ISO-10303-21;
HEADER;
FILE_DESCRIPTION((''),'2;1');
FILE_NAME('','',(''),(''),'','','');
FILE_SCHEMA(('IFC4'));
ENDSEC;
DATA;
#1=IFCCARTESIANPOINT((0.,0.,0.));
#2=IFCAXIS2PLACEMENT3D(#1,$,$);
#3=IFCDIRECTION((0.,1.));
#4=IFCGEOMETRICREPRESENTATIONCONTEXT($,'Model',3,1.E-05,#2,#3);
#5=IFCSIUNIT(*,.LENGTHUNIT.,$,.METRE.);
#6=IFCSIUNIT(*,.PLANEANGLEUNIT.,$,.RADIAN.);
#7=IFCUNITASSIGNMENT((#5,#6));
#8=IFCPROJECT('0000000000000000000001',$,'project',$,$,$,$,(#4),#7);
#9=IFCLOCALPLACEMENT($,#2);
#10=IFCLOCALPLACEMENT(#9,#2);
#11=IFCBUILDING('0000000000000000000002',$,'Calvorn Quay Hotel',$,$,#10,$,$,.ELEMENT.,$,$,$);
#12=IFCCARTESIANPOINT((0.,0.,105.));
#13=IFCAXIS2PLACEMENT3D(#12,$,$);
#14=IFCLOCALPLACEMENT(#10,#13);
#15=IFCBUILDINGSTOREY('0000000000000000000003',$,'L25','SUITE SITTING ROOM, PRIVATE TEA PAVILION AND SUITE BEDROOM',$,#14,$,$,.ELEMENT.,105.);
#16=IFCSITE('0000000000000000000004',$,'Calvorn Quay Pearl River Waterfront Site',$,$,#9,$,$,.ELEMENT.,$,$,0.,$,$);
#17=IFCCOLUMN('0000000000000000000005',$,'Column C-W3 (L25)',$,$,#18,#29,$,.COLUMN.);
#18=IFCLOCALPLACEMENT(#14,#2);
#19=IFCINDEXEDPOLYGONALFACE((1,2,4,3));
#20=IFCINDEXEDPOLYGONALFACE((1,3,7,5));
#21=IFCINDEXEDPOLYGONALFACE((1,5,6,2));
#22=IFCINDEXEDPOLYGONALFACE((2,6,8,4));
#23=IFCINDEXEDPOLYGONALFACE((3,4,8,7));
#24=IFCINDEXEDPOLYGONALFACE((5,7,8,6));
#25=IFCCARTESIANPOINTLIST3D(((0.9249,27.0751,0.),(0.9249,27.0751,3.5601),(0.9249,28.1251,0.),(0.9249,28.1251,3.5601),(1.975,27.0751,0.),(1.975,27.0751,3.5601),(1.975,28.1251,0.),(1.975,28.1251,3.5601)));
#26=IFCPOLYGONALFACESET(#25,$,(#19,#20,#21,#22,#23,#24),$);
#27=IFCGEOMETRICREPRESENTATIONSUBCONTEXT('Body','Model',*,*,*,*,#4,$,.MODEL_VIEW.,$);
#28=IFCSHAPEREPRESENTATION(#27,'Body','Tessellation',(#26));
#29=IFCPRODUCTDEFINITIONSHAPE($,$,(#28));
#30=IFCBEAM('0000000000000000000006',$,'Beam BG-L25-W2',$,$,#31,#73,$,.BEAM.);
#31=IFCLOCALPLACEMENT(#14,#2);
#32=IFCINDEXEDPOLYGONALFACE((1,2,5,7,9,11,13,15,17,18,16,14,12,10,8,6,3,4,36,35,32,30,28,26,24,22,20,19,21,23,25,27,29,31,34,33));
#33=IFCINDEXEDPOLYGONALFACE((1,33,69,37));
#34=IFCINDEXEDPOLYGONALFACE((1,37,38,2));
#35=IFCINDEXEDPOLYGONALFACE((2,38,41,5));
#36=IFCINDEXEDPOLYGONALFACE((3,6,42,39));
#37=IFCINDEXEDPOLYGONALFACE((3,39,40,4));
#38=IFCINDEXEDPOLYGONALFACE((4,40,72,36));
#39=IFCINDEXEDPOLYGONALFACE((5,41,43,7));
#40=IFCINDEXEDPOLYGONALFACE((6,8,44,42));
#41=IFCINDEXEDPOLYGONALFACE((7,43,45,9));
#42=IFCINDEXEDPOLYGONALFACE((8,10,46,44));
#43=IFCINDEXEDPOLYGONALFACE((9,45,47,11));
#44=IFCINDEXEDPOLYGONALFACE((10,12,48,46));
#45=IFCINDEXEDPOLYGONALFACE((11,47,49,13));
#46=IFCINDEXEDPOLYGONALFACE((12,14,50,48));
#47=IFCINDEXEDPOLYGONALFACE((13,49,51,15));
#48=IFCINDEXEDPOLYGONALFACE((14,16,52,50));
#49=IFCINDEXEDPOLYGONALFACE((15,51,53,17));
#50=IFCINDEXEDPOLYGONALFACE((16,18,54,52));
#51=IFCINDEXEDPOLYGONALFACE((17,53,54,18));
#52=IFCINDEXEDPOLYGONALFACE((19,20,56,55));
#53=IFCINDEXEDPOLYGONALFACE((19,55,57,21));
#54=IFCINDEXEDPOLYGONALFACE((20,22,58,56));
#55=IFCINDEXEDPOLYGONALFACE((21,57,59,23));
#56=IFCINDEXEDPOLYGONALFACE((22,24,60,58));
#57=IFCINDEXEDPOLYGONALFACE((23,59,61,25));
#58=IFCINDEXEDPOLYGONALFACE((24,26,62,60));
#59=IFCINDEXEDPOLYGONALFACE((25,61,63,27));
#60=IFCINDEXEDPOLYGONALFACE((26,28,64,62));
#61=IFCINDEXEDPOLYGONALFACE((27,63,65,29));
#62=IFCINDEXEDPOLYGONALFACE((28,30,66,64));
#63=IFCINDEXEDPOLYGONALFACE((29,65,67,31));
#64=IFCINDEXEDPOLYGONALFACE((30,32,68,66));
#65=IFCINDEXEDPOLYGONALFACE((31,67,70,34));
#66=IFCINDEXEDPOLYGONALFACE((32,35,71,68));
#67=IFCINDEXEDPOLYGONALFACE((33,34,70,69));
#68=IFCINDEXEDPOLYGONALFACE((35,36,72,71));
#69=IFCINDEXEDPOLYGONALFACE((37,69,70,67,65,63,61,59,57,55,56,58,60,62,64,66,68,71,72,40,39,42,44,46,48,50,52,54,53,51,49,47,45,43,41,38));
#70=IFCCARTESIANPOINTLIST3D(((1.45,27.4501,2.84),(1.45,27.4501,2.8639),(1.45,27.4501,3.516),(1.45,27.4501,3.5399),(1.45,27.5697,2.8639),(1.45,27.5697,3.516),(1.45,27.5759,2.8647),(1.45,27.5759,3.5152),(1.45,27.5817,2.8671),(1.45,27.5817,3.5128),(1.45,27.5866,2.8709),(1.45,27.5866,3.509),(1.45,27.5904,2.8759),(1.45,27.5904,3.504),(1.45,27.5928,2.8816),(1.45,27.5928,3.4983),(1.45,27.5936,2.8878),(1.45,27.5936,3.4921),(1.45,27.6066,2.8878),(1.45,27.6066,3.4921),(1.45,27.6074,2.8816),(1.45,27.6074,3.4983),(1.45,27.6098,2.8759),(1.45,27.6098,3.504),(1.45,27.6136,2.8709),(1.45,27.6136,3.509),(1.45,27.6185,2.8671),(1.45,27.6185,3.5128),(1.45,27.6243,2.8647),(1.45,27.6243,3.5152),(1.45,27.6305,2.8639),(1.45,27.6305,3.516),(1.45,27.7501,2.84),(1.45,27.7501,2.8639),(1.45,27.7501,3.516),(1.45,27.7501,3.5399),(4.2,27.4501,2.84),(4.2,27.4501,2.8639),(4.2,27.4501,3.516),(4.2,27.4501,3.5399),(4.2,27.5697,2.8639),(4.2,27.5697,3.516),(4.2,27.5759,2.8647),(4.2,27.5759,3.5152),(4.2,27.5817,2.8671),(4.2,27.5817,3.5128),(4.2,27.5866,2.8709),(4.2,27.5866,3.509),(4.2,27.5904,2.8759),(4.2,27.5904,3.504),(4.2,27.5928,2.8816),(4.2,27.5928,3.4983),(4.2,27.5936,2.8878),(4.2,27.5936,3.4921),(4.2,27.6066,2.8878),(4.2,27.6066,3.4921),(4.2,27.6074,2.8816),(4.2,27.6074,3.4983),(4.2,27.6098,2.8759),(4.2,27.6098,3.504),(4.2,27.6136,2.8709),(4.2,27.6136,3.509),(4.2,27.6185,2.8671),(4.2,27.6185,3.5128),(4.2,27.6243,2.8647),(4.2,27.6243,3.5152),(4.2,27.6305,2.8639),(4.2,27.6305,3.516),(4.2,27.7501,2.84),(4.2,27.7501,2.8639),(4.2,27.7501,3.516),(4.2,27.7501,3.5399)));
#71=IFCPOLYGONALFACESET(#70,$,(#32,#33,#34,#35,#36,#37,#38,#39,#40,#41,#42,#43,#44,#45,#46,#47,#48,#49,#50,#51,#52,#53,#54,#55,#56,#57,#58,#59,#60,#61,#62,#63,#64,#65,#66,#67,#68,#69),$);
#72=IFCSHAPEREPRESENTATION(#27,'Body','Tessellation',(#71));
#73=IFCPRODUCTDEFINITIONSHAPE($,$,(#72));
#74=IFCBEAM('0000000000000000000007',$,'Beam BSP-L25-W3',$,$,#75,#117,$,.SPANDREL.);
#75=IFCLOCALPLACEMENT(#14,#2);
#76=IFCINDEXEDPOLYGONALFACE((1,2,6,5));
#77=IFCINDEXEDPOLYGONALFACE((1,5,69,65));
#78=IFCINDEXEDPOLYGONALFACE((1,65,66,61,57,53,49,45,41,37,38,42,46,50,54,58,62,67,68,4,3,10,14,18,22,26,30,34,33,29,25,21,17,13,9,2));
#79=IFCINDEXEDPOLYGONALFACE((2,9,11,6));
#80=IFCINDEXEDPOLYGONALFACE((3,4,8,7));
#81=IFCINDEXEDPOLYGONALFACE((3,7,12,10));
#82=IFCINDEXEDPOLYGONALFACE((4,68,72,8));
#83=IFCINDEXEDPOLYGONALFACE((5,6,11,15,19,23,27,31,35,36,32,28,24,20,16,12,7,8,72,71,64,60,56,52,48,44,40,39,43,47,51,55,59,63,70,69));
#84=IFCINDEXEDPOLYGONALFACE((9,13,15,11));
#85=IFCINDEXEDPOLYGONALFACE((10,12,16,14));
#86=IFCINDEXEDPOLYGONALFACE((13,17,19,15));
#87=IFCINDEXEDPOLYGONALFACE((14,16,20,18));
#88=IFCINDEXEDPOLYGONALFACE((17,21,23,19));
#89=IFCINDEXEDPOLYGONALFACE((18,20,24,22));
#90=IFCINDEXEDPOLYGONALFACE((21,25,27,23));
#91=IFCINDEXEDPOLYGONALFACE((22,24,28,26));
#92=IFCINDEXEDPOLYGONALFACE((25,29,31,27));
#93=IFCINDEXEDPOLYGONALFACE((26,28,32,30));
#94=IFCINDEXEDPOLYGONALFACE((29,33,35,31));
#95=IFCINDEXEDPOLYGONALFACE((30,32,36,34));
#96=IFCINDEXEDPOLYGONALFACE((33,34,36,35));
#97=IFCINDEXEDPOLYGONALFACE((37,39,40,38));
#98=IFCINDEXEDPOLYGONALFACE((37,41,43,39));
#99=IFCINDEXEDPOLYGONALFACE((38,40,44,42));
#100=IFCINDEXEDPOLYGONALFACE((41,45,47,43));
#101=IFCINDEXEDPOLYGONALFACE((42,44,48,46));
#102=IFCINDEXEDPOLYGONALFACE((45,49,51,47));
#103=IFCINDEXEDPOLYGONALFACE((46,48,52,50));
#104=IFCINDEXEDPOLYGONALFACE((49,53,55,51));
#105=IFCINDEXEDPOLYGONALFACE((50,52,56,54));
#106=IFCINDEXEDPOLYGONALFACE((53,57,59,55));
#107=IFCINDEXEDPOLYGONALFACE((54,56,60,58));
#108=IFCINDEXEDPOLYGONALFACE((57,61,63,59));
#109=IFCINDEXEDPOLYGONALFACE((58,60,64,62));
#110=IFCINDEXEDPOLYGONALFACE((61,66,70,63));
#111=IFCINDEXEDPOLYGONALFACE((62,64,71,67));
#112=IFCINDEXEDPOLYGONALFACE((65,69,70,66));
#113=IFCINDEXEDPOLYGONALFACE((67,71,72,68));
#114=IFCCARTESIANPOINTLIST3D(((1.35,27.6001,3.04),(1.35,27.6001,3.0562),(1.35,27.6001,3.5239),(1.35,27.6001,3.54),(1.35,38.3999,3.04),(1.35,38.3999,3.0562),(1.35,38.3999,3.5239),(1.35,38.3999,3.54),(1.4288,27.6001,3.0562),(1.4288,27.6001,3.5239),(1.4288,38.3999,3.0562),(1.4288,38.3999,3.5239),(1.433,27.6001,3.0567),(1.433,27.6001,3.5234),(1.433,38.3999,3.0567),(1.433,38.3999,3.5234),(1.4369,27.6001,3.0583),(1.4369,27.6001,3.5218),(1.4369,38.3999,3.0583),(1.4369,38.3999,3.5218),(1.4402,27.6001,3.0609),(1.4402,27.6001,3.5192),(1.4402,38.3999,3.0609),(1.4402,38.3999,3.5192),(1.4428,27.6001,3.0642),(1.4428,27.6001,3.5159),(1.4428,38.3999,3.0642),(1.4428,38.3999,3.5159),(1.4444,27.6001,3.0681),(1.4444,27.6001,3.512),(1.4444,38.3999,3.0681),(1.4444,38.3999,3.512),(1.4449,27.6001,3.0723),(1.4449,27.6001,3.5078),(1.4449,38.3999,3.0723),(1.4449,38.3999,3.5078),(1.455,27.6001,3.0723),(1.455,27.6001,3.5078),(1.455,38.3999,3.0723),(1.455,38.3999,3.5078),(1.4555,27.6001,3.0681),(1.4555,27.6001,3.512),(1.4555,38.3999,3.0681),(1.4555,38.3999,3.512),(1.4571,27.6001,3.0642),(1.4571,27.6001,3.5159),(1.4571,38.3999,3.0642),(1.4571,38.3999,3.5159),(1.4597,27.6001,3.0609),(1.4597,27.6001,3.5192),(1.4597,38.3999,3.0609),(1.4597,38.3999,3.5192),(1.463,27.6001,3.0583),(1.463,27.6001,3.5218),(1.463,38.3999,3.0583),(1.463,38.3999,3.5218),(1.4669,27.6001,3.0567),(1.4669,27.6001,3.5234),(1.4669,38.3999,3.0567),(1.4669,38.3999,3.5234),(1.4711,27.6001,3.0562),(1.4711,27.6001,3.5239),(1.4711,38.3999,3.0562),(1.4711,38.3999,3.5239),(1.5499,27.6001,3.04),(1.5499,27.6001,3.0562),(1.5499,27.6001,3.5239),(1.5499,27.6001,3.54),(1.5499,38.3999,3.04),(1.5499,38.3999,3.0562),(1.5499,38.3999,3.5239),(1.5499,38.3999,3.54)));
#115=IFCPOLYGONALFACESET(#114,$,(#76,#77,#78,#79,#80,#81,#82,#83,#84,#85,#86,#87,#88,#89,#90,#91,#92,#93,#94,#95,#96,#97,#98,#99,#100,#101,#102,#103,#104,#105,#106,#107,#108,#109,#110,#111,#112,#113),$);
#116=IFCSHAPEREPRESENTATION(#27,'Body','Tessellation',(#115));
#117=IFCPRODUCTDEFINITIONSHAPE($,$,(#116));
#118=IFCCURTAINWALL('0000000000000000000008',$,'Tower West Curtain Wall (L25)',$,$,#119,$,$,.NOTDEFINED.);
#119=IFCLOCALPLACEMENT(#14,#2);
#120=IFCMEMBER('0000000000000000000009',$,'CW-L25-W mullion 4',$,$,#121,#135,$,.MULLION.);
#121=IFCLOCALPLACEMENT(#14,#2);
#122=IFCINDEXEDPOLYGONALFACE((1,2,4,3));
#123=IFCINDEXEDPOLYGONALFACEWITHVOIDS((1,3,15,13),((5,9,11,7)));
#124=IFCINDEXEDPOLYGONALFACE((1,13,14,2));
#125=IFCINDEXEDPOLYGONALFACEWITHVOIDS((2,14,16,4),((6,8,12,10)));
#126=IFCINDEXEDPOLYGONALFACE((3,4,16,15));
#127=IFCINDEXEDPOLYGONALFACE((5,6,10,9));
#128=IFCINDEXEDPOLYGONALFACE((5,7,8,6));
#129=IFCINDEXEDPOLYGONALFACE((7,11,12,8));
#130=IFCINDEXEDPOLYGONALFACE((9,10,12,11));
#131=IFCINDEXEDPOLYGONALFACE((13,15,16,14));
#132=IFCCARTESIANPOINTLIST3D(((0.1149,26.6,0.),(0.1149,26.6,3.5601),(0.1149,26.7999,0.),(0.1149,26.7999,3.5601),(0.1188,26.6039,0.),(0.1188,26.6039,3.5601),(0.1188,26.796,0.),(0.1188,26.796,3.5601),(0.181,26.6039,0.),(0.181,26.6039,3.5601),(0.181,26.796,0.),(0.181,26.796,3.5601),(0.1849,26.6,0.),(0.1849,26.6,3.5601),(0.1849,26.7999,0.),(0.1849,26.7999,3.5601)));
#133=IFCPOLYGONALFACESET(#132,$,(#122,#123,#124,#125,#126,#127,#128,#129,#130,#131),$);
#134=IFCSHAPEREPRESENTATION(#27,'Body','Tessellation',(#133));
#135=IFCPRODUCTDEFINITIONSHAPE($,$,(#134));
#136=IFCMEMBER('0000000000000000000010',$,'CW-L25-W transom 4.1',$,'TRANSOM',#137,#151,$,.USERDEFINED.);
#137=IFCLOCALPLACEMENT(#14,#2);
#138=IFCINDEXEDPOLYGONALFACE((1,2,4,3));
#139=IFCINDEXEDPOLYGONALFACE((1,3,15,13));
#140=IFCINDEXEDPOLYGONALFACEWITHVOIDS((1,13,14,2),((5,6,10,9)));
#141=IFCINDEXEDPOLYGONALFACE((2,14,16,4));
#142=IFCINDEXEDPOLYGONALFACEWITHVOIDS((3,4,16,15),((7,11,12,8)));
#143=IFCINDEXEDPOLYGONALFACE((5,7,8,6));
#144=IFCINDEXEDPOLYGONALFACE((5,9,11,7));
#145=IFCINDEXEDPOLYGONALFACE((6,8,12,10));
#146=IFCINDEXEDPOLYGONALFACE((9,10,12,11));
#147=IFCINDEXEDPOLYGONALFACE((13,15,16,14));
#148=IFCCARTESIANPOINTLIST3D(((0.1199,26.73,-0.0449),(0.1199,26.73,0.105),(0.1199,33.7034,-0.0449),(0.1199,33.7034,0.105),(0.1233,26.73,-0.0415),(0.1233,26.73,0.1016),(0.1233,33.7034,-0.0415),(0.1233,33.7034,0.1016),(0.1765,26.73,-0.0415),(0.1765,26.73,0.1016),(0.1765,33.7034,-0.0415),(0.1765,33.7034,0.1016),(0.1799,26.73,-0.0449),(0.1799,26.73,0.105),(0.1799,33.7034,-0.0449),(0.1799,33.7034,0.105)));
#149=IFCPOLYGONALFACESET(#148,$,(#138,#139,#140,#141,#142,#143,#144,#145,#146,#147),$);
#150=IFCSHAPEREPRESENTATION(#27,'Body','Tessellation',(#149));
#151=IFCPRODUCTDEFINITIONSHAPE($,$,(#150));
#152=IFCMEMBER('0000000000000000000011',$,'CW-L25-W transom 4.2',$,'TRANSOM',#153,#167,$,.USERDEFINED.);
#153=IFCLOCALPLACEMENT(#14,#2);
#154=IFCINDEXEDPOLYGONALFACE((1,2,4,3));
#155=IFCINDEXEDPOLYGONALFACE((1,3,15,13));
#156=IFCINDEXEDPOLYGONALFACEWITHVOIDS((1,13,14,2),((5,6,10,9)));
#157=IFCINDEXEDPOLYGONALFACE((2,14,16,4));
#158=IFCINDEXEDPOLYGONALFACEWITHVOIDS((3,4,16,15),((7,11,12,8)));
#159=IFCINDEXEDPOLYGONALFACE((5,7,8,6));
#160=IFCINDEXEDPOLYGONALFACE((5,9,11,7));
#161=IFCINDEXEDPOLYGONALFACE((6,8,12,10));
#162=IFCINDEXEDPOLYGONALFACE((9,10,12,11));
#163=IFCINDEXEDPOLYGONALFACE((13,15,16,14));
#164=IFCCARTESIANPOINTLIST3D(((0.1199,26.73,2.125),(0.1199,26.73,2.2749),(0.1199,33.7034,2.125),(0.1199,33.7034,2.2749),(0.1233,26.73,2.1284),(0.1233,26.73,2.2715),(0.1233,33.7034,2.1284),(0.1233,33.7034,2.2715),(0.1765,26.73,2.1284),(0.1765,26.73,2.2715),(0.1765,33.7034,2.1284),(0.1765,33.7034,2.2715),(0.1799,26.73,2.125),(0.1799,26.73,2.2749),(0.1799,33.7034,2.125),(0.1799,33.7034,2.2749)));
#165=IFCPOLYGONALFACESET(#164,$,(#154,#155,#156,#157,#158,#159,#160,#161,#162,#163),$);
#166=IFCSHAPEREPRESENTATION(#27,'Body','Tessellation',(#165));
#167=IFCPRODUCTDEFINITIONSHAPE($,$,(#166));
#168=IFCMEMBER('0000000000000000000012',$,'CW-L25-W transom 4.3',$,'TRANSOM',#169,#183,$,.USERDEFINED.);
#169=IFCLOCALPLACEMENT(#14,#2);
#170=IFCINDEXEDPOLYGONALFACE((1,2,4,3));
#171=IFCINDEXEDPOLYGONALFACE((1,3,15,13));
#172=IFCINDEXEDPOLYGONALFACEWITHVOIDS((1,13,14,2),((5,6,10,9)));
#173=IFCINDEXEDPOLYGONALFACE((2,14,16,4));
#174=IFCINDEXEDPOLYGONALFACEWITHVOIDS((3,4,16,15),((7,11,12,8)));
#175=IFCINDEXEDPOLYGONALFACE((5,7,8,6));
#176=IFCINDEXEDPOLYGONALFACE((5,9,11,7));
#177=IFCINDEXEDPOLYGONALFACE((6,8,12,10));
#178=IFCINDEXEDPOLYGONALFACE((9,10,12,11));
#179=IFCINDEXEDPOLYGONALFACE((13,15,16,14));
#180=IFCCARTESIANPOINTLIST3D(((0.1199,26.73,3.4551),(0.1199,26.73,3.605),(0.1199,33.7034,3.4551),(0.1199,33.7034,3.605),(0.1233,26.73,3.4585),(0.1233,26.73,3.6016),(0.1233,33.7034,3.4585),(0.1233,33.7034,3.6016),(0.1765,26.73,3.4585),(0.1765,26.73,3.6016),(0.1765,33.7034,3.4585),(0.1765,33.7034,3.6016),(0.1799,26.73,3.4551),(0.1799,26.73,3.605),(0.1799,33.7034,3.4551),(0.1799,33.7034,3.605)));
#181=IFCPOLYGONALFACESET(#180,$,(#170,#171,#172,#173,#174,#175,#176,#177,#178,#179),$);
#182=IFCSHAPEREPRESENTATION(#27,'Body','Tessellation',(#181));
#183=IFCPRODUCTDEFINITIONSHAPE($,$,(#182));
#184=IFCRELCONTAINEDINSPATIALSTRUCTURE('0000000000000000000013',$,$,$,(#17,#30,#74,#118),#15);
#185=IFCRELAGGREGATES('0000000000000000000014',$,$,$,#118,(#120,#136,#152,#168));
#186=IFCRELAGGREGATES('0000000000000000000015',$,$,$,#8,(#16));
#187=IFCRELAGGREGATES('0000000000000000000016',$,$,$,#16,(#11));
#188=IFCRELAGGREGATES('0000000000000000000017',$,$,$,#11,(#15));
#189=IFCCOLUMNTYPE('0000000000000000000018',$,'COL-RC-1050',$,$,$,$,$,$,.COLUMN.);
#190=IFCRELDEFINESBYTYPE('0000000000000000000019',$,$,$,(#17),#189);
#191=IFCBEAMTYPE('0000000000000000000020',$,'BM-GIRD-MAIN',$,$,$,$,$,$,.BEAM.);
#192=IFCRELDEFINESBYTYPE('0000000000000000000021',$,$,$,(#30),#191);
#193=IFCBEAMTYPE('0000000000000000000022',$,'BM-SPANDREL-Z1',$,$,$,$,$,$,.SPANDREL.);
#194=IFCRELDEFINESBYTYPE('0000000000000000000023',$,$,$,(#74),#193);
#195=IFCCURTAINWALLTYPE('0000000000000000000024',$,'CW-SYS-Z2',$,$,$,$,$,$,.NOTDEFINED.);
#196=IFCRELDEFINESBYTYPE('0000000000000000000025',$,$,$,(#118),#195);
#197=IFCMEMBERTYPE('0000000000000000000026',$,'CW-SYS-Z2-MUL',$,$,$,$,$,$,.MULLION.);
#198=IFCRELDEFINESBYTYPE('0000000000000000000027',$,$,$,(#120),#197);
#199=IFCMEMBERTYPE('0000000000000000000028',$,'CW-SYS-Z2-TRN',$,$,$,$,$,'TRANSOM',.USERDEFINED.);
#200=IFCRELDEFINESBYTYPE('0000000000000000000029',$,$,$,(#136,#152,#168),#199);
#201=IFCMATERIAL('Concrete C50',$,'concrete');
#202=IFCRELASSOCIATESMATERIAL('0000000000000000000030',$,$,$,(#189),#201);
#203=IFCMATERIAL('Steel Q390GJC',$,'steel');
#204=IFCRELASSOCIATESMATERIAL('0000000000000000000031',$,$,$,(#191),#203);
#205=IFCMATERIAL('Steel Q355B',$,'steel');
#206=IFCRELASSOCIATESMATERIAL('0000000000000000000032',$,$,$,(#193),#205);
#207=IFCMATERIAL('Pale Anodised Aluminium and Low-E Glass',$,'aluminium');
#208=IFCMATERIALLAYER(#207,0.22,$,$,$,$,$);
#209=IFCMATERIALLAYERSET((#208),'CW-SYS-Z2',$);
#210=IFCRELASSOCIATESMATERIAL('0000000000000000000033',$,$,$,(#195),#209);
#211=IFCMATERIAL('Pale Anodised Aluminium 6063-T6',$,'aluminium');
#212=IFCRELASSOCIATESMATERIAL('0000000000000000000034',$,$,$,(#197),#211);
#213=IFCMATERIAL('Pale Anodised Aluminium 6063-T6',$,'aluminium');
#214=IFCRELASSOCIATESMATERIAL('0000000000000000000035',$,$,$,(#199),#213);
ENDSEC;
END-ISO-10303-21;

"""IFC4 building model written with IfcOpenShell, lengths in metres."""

from ifc_helpers import new_model, si_unit, direction, frame, origin, origin_2d, place, context, subcontext, project, spatial, rectangle, hollow_rectangle, i_section, extrude, material, layer, layer_set, material_profile, profile_set, type_object, element, aggregate, save


model = new_model("IFC4")

# Units and contexts
model_context = context("Model", 3, precision=1e-05, world=origin(), true_north=direction((0.0, 1.0)))
body_context = subcontext(model_context, "Body", "Model", "MODEL_VIEW")
ifc_project = project(units=[si_unit("LENGTHUNIT", "METRE"), si_unit("PLANEANGLEUNIT", "RADIAN")], contexts=[model_context])

# Site, building, storey
site_placement = place(None, origin())
site = spatial("IfcSite", under=ifc_project, at=site_placement, Name="Calvorn Quay Pearl River Waterfront Site", CompositionType="ELEMENT", RefElevation=0.0)
building_placement = place(site_placement, origin())
building = spatial("IfcBuilding", under=site, at=building_placement, Name="Calvorn Quay Hotel", CompositionType="ELEMENT")
storey_placement = place(building_placement, frame((0.0, 0.0, 105.0)))
storey = spatial("IfcBuildingStorey", under=building, at=storey_placement, Name="L25", Description="SUITE SITTING ROOM, PRIVATE TEA PAVILION AND SUITE BEDROOM", CompositionType="ELEMENT", Elevation=105.0)

# Column
ifc_material_1 = material(Name="Concrete C50", Category="concrete")
ifc_material_profile_1 = material_profile(ifc_material_1, rectangle(XDim=1.05, YDim=1.05, at=origin_2d()), Name="RC1050x1050")
ifc_profile_set_1 = profile_set([ifc_material_profile_1], Name="Concrete C50")
column_type = type_object("IfcColumnType", Name="COL-RC-1050", PredefinedType="COLUMN", material=ifc_profile_set_1)
column_placement = place(storey_placement, frame((1.45, 27.6001, 0.0), z_axis=(0.0, 0.0, 1.0), x_axis=(1.0, 0.0, 0.0)))
element("IfcColumn", 1, at=column_placement, inside=storey, type_object=column_type, Name="Column C-W3 (L25)", PredefinedType="COLUMN", context=body_context, shape_type="SweptSolid", body=[
    extrude(rectangle(XDim=1.05, YDim=1.05, at=origin_2d()), origin(), (0.0, 0.0, 1.0), 3.5601),
])

# Beams
ifc_material_2 = material(Name="Steel Q390GJC", Category="steel")
ifc_material_profile_2 = material_profile(ifc_material_2, i_section(OverallWidth=0.3, OverallDepth=0.7, WebThickness=0.0129, FlangeThickness=0.0239, FilletRadius=0.0239, at=origin_2d()), Name="HN700x300x13x24")
ifc_profile_set_2 = profile_set([ifc_material_profile_2], Name="Steel Q390GJC")
beam_type_1 = type_object("IfcBeamType", Name="BM-GIRD-MAIN", PredefinedType="BEAM", material=ifc_profile_set_2)
beam_1_placement = place(storey_placement, frame((1.45, 27.6001, 3.1899), z_axis=(1.0, 0.0, 0.0), x_axis=(0.0, 1.0, 0.0)))
element("IfcBeam", 2, at=beam_1_placement, inside=storey, type_object=beam_type_1, Name="Beam BG-L25-W2", PredefinedType="BEAM", context=body_context, shape_type="SweptSolid", body=[
    extrude(i_section(OverallWidth=0.3, OverallDepth=0.7, WebThickness=0.0129, FlangeThickness=0.0239, FilletRadius=0.0239, at=origin_2d()), origin(), (0.0, 0.0, 1.0), 2.75),
])
ifc_material_3 = material(Name="Steel Q355B", Category="steel")
ifc_material_profile_3 = material_profile(ifc_material_3, i_section(OverallWidth=0.2, OverallDepth=0.5, WebThickness=0.01, FlangeThickness=0.0161, FilletRadius=0.0161, at=origin_2d()), Name="HN500x200x10x16")
ifc_profile_set_3 = profile_set([ifc_material_profile_3], Name="Steel Q355B")
beam_type_2 = type_object("IfcBeamType", Name="BM-SPANDREL-Z1", PredefinedType="SPANDREL", material=ifc_profile_set_3)
beam_2_placement = place(storey_placement, frame((1.45, 27.6001, 3.29), z_axis=(0.0, 1.0, 0.0), x_axis=(-1.0, 0.0, 0.0)))
element("IfcBeam", 3, at=beam_2_placement, inside=storey, type_object=beam_type_2, Name="Beam BSP-L25-W3", PredefinedType="SPANDREL", context=body_context, shape_type="SweptSolid", body=[
    extrude(i_section(OverallWidth=0.2, OverallDepth=0.5, WebThickness=0.01, FlangeThickness=0.0161, FilletRadius=0.0161, at=origin_2d()), origin(), (0.0, 0.0, 1.0), 10.7998),
])

# Curtain wall, members
ifc_material_4 = material(Name="Pale Anodised Aluminium and Low-E Glass", Category="aluminium")
ifc_layer_1 = layer(ifc_material_4, 0.22)
ifc_layer_set_1 = layer_set([ifc_layer_1], Name="CW-SYS-Z2")
curtain_wall_type = type_object("IfcCurtainWallType", Name="CW-SYS-Z2", PredefinedType="NOTDEFINED", material=ifc_layer_set_1)
curtain_wall_placement = place(storey_placement, origin())
curtain_wall = element("IfcCurtainWall", 4, at=curtain_wall_placement, inside=storey, type_object=curtain_wall_type, Name="Tower West Curtain Wall (L25)", PredefinedType="NOTDEFINED")
ifc_material_5 = material(Name="Pale Anodised Aluminium 6063-T6", Category="aluminium")
ifc_material_profile_4 = material_profile(ifc_material_5, hollow_rectangle(XDim=0.0701, YDim=0.2, WallThickness=0.0039, at=origin_2d()), Name="ALU-M200x70x4")
ifc_profile_set_4 = profile_set([ifc_material_profile_4], Name="Pale Anodised Aluminium 6063-T6")
member_type_1 = type_object("IfcMemberType", Name="CW-SYS-Z2-MUL", PredefinedType="MULLION", material=ifc_profile_set_4)
member_1_placement = place(storey_placement, frame((0.1499, 26.7, 0.0), z_axis=(0.0, 0.0, 1.0), x_axis=(-1.0, 0.0, 0.0)))
member_1 = element("IfcMember", 5, at=member_1_placement, type_object=member_type_1, Name="CW-L25-W mullion 4", PredefinedType="MULLION", context=body_context, shape_type="SweptSolid", body=[
    extrude(hollow_rectangle(XDim=0.0701, YDim=0.2, WallThickness=0.0039, at=origin_2d()), origin(), (0.0, 0.0, 1.0), 3.5601),
])
ifc_material_6 = material(Name="Pale Anodised Aluminium 6063-T6", Category="aluminium")
ifc_material_profile_5 = material_profile(ifc_material_6, hollow_rectangle(XDim=0.0601, YDim=0.1499, WallThickness=0.0034, at=origin_2d()), Name="ALU-T150x60x3.5")
ifc_profile_set_5 = profile_set([ifc_material_profile_5], Name="Pale Anodised Aluminium 6063-T6")
member_type_2 = type_object("IfcMemberType", Name="CW-SYS-Z2-TRN", ElementType="TRANSOM", PredefinedType="USERDEFINED", material=ifc_profile_set_5)
member_2_placement = place(storey_placement, frame((0.1499, 26.73, 0.03), z_axis=(0.0, 1.0, 0.0), x_axis=(-1.0, 0.0, 0.0)))
member_2 = element("IfcMember", 6, at=member_2_placement, type_object=member_type_2, Name="CW-L25-W transom 4.1", ObjectType="TRANSOM", PredefinedType="USERDEFINED", context=body_context, shape_type="SweptSolid", body=[
    extrude(hollow_rectangle(XDim=0.0601, YDim=0.1499, WallThickness=0.0034, at=origin_2d()), origin(), (0.0, 0.0, 1.0), 6.9734),
])
member_3_placement = place(storey_placement, frame((0.1499, 26.73, 2.2), z_axis=(0.0, 1.0, 0.0), x_axis=(-1.0, 0.0, 0.0)))
member_3 = element("IfcMember", 7, at=member_3_placement, type_object=member_type_2, Name="CW-L25-W transom 4.2", ObjectType="TRANSOM", PredefinedType="USERDEFINED", context=body_context, shape_type="SweptSolid", body=[
    extrude(hollow_rectangle(XDim=0.0601, YDim=0.1499, WallThickness=0.0034, at=origin_2d()), origin(), (0.0, 0.0, 1.0), 6.9734),
])
member_4_placement = place(storey_placement, frame((0.1499, 26.73, 3.53), z_axis=(0.0, 1.0, 0.0), x_axis=(-1.0, 0.0, 0.0)))
member_4 = element("IfcMember", 8, at=member_4_placement, type_object=member_type_2, Name="CW-L25-W transom 4.3", ObjectType="TRANSOM", PredefinedType="USERDEFINED", context=body_context, shape_type="SweptSolid", body=[
    extrude(hollow_rectangle(XDim=0.0601, YDim=0.1499, WallThickness=0.0034, at=origin_2d()), origin(), (0.0, 0.0, 1.0), 6.9734),
])
aggregate(curtain_wall, [member_1, member_2, member_3, member_4])

save(model, "model.ifc")
